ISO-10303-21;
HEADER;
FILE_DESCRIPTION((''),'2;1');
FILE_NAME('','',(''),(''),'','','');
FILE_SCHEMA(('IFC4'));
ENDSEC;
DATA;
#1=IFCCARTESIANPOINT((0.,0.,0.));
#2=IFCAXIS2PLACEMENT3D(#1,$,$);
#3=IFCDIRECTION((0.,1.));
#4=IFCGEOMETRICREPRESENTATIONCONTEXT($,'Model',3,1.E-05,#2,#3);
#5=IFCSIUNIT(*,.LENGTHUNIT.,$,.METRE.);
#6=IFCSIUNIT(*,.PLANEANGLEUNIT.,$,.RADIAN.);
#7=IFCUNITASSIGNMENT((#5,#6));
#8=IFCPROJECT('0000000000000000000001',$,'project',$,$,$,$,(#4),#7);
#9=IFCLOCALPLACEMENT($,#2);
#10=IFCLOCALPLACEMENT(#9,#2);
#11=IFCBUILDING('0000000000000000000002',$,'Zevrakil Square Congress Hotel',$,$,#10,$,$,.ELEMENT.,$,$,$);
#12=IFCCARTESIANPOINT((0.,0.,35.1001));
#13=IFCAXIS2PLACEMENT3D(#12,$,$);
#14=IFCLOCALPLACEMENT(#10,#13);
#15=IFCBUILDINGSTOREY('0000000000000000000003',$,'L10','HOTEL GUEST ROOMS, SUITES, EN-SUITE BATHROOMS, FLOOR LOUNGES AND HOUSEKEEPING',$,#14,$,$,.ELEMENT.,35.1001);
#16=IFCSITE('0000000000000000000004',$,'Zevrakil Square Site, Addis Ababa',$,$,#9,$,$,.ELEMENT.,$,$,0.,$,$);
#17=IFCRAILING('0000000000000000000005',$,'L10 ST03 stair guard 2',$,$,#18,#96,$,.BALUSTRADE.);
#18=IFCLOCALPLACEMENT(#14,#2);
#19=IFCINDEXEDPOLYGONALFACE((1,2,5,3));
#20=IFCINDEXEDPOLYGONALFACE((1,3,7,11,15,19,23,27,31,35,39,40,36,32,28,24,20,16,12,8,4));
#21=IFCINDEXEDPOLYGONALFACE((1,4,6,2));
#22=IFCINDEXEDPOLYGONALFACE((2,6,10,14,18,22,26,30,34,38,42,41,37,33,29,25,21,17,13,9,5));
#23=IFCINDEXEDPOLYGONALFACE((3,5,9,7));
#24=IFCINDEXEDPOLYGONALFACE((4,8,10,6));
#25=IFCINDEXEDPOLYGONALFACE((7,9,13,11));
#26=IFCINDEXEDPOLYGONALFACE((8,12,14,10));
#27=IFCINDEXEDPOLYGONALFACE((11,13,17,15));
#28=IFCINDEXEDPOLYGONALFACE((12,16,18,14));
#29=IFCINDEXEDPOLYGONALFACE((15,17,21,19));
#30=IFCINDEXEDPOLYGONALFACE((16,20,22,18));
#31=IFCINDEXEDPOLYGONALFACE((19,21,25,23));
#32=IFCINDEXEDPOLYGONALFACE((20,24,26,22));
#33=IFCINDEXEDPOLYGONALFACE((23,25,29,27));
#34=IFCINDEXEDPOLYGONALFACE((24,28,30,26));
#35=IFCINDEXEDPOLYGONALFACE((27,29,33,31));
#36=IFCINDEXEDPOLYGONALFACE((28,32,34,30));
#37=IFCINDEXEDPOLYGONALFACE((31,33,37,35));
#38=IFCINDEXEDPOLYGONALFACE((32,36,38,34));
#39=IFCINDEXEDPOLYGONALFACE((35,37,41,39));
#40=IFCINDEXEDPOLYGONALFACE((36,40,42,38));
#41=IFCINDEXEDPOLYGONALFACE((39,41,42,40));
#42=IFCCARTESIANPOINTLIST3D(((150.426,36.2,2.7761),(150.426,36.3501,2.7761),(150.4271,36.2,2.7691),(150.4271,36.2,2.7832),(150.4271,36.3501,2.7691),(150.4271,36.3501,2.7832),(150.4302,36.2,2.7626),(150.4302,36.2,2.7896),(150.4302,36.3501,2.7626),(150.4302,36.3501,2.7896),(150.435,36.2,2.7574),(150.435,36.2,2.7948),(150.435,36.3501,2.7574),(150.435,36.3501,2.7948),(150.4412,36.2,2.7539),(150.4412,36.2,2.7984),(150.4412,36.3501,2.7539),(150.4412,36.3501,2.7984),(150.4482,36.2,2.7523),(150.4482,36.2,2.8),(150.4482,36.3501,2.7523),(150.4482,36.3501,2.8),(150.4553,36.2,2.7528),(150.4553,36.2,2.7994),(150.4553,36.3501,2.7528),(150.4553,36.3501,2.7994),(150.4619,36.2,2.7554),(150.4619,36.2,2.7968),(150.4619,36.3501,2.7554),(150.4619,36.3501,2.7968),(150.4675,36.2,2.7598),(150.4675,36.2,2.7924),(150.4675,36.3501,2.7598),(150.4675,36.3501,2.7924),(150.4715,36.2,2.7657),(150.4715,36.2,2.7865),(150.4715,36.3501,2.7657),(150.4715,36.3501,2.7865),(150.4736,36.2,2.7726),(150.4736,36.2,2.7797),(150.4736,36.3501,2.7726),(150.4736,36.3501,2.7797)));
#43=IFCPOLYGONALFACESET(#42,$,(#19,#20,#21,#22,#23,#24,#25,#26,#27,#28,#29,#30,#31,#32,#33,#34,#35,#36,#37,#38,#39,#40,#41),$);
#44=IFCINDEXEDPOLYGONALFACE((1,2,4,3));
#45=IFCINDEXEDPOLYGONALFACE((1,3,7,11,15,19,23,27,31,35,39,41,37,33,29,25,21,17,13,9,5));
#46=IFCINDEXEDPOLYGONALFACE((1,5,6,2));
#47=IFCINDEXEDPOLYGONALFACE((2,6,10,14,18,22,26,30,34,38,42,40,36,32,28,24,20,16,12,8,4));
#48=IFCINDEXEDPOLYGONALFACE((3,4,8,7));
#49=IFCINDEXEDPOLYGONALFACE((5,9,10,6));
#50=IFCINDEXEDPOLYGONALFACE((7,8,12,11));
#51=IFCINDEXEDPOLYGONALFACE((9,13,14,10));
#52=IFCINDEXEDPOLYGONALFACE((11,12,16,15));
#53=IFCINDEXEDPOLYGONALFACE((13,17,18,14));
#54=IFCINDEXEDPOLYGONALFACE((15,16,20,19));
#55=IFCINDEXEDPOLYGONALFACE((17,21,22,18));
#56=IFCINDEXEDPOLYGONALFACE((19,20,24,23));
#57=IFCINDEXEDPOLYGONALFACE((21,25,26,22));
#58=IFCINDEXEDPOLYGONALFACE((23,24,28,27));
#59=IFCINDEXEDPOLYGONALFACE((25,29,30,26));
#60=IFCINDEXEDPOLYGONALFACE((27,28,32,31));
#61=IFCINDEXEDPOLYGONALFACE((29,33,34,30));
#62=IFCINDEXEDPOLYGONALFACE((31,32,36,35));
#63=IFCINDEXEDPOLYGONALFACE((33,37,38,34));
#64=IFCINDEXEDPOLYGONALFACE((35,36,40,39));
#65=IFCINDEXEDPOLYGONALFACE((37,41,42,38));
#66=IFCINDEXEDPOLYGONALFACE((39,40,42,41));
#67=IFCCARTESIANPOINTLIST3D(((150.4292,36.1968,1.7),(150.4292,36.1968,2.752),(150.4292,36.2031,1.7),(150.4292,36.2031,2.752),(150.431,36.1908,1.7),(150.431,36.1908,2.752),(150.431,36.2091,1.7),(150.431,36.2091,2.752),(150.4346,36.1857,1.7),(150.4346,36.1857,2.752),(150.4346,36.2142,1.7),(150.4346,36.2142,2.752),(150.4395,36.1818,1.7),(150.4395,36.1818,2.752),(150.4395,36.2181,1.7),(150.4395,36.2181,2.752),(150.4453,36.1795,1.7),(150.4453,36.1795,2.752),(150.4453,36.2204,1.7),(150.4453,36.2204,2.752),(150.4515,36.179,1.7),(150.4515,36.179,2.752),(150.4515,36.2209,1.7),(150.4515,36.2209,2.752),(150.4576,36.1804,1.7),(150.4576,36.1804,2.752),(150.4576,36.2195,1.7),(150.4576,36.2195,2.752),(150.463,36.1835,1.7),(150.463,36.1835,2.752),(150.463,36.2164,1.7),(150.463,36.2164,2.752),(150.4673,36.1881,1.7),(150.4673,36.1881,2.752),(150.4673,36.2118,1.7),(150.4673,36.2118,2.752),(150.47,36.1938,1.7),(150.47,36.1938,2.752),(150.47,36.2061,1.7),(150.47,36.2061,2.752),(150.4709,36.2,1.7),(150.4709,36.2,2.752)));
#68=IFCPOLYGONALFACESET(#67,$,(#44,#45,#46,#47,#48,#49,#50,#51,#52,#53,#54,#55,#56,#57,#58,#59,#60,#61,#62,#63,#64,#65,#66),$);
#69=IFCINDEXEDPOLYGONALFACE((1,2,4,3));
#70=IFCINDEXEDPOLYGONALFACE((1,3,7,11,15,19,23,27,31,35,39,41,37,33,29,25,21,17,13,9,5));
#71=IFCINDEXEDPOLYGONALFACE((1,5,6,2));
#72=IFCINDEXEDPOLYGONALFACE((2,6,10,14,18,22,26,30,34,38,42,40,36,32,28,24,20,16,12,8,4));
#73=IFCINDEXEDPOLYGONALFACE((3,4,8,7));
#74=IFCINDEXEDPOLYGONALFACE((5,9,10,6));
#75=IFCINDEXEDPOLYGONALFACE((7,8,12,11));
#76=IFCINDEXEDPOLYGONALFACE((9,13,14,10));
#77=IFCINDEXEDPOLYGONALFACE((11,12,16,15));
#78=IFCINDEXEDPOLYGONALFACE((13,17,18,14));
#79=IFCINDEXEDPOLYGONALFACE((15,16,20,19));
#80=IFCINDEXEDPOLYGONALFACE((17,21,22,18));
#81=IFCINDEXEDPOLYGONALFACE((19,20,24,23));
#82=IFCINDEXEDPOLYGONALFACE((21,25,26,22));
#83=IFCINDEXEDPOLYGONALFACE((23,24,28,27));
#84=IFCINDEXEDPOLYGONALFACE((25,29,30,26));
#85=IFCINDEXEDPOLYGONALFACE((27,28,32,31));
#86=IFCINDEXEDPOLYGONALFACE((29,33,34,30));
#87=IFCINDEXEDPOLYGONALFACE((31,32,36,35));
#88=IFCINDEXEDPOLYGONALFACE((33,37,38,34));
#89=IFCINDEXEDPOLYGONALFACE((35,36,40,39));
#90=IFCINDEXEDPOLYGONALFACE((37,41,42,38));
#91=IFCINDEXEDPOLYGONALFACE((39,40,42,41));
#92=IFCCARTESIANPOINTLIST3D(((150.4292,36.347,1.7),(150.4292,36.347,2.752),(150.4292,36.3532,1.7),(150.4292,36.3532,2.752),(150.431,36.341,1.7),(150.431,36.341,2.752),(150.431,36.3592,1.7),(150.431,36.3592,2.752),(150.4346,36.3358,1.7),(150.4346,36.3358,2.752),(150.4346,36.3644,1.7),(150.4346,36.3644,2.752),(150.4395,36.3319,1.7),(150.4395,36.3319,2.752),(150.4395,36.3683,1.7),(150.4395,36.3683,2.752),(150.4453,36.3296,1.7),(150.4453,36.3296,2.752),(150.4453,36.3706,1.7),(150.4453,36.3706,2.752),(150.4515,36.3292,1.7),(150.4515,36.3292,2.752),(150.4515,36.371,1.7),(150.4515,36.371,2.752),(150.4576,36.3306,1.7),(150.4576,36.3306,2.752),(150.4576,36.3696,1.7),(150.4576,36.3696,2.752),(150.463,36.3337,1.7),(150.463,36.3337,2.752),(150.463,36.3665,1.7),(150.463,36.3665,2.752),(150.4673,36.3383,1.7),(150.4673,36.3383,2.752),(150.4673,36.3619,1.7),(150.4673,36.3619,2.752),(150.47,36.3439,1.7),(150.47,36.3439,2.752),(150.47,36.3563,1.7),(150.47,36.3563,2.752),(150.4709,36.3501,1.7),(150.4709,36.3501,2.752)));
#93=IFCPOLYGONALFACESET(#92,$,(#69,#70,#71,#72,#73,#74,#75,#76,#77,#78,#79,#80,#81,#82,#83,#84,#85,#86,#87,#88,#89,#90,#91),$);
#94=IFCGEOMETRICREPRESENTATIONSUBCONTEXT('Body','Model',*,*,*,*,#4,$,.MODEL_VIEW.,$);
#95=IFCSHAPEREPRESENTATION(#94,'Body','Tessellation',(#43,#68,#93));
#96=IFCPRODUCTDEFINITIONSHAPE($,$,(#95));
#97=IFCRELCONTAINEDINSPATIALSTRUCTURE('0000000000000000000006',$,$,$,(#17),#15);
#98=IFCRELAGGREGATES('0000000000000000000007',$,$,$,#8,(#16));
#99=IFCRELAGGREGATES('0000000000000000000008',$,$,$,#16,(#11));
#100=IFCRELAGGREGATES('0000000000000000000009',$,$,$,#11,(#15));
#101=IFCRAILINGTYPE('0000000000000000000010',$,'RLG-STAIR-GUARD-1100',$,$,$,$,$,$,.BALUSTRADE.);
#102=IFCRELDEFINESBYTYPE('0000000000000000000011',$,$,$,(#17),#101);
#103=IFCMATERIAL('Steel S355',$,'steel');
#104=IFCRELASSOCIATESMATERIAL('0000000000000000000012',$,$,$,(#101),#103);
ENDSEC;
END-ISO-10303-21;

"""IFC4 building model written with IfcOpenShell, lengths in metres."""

from ifc_helpers import new_model, si_unit, direction, frame, origin, origin_2d, place, context, subcontext, project, spatial, circle, extrude, material, type_object, element, save


model = new_model("IFC4")

# Units and contexts
model_context = context("Model", 3, precision=1e-05, world=origin(), true_north=direction((0.0, 1.0)))
body_context = subcontext(model_context, "Body", "Model", "MODEL_VIEW")
ifc_project = project(units=[si_unit("LENGTHUNIT", "METRE"), si_unit("PLANEANGLEUNIT", "RADIAN")], contexts=[model_context])

# Site, building, storey
site_placement = place(None, origin())
site = spatial("IfcSite", under=ifc_project, at=site_placement, Name="Zevrakil Square Site, Addis Ababa", CompositionType="ELEMENT", RefElevation=0.0)
building_placement = place(site_placement, origin())
building = spatial("IfcBuilding", under=site, at=building_placement, Name="Zevrakil Square Congress Hotel", CompositionType="ELEMENT")
storey_placement = place(building_placement, frame((0.0, 0.0, 35.1001)))
storey = spatial("IfcBuildingStorey", under=building, at=storey_placement, Name="L10", Description="HOTEL GUEST ROOMS, SUITES, EN-SUITE BATHROOMS, FLOOR LOUNGES AND HOUSEKEEPING", CompositionType="ELEMENT", Elevation=35.1001)

# Railing
ifc_material_1 = material(Name="Steel S355", Category="steel")
railing_type_1 = type_object("IfcRailingType", Name="RLG-STAIR-GUARD-1100", PredefinedType="BALUSTRADE", material=ifc_material_1)
railing_1_placement = place(storey_placement, frame((150.45, 36.2, 1.7)))
element("IfcRailing", 1, at=railing_1_placement, inside=storey, type_object=railing_type_1, Name="L10 ST03 stair guard 2", PredefinedType="BALUSTRADE", context=body_context, shape_type="SweptSolid", body=[
    extrude(circle(Radius=0.0239, at=origin_2d()), frame((0.0, 0.0, 1.0762), z_axis=(0.0, 1.0, 0.0), x_axis=(-1.0, 0.0, 0.0)), (0.0, 0.0, 1.0), 0.1501),
    extrude(circle(Radius=0.021, at=origin_2d()), origin(), (0.0, 0.0, 1.0), 1.052),
    extrude(circle(Radius=0.021, at=origin_2d()), frame((0.0, 0.1501, 0.0)), (0.0, 0.0, 1.0), 1.052),
])

save(model, "model.ifc")
